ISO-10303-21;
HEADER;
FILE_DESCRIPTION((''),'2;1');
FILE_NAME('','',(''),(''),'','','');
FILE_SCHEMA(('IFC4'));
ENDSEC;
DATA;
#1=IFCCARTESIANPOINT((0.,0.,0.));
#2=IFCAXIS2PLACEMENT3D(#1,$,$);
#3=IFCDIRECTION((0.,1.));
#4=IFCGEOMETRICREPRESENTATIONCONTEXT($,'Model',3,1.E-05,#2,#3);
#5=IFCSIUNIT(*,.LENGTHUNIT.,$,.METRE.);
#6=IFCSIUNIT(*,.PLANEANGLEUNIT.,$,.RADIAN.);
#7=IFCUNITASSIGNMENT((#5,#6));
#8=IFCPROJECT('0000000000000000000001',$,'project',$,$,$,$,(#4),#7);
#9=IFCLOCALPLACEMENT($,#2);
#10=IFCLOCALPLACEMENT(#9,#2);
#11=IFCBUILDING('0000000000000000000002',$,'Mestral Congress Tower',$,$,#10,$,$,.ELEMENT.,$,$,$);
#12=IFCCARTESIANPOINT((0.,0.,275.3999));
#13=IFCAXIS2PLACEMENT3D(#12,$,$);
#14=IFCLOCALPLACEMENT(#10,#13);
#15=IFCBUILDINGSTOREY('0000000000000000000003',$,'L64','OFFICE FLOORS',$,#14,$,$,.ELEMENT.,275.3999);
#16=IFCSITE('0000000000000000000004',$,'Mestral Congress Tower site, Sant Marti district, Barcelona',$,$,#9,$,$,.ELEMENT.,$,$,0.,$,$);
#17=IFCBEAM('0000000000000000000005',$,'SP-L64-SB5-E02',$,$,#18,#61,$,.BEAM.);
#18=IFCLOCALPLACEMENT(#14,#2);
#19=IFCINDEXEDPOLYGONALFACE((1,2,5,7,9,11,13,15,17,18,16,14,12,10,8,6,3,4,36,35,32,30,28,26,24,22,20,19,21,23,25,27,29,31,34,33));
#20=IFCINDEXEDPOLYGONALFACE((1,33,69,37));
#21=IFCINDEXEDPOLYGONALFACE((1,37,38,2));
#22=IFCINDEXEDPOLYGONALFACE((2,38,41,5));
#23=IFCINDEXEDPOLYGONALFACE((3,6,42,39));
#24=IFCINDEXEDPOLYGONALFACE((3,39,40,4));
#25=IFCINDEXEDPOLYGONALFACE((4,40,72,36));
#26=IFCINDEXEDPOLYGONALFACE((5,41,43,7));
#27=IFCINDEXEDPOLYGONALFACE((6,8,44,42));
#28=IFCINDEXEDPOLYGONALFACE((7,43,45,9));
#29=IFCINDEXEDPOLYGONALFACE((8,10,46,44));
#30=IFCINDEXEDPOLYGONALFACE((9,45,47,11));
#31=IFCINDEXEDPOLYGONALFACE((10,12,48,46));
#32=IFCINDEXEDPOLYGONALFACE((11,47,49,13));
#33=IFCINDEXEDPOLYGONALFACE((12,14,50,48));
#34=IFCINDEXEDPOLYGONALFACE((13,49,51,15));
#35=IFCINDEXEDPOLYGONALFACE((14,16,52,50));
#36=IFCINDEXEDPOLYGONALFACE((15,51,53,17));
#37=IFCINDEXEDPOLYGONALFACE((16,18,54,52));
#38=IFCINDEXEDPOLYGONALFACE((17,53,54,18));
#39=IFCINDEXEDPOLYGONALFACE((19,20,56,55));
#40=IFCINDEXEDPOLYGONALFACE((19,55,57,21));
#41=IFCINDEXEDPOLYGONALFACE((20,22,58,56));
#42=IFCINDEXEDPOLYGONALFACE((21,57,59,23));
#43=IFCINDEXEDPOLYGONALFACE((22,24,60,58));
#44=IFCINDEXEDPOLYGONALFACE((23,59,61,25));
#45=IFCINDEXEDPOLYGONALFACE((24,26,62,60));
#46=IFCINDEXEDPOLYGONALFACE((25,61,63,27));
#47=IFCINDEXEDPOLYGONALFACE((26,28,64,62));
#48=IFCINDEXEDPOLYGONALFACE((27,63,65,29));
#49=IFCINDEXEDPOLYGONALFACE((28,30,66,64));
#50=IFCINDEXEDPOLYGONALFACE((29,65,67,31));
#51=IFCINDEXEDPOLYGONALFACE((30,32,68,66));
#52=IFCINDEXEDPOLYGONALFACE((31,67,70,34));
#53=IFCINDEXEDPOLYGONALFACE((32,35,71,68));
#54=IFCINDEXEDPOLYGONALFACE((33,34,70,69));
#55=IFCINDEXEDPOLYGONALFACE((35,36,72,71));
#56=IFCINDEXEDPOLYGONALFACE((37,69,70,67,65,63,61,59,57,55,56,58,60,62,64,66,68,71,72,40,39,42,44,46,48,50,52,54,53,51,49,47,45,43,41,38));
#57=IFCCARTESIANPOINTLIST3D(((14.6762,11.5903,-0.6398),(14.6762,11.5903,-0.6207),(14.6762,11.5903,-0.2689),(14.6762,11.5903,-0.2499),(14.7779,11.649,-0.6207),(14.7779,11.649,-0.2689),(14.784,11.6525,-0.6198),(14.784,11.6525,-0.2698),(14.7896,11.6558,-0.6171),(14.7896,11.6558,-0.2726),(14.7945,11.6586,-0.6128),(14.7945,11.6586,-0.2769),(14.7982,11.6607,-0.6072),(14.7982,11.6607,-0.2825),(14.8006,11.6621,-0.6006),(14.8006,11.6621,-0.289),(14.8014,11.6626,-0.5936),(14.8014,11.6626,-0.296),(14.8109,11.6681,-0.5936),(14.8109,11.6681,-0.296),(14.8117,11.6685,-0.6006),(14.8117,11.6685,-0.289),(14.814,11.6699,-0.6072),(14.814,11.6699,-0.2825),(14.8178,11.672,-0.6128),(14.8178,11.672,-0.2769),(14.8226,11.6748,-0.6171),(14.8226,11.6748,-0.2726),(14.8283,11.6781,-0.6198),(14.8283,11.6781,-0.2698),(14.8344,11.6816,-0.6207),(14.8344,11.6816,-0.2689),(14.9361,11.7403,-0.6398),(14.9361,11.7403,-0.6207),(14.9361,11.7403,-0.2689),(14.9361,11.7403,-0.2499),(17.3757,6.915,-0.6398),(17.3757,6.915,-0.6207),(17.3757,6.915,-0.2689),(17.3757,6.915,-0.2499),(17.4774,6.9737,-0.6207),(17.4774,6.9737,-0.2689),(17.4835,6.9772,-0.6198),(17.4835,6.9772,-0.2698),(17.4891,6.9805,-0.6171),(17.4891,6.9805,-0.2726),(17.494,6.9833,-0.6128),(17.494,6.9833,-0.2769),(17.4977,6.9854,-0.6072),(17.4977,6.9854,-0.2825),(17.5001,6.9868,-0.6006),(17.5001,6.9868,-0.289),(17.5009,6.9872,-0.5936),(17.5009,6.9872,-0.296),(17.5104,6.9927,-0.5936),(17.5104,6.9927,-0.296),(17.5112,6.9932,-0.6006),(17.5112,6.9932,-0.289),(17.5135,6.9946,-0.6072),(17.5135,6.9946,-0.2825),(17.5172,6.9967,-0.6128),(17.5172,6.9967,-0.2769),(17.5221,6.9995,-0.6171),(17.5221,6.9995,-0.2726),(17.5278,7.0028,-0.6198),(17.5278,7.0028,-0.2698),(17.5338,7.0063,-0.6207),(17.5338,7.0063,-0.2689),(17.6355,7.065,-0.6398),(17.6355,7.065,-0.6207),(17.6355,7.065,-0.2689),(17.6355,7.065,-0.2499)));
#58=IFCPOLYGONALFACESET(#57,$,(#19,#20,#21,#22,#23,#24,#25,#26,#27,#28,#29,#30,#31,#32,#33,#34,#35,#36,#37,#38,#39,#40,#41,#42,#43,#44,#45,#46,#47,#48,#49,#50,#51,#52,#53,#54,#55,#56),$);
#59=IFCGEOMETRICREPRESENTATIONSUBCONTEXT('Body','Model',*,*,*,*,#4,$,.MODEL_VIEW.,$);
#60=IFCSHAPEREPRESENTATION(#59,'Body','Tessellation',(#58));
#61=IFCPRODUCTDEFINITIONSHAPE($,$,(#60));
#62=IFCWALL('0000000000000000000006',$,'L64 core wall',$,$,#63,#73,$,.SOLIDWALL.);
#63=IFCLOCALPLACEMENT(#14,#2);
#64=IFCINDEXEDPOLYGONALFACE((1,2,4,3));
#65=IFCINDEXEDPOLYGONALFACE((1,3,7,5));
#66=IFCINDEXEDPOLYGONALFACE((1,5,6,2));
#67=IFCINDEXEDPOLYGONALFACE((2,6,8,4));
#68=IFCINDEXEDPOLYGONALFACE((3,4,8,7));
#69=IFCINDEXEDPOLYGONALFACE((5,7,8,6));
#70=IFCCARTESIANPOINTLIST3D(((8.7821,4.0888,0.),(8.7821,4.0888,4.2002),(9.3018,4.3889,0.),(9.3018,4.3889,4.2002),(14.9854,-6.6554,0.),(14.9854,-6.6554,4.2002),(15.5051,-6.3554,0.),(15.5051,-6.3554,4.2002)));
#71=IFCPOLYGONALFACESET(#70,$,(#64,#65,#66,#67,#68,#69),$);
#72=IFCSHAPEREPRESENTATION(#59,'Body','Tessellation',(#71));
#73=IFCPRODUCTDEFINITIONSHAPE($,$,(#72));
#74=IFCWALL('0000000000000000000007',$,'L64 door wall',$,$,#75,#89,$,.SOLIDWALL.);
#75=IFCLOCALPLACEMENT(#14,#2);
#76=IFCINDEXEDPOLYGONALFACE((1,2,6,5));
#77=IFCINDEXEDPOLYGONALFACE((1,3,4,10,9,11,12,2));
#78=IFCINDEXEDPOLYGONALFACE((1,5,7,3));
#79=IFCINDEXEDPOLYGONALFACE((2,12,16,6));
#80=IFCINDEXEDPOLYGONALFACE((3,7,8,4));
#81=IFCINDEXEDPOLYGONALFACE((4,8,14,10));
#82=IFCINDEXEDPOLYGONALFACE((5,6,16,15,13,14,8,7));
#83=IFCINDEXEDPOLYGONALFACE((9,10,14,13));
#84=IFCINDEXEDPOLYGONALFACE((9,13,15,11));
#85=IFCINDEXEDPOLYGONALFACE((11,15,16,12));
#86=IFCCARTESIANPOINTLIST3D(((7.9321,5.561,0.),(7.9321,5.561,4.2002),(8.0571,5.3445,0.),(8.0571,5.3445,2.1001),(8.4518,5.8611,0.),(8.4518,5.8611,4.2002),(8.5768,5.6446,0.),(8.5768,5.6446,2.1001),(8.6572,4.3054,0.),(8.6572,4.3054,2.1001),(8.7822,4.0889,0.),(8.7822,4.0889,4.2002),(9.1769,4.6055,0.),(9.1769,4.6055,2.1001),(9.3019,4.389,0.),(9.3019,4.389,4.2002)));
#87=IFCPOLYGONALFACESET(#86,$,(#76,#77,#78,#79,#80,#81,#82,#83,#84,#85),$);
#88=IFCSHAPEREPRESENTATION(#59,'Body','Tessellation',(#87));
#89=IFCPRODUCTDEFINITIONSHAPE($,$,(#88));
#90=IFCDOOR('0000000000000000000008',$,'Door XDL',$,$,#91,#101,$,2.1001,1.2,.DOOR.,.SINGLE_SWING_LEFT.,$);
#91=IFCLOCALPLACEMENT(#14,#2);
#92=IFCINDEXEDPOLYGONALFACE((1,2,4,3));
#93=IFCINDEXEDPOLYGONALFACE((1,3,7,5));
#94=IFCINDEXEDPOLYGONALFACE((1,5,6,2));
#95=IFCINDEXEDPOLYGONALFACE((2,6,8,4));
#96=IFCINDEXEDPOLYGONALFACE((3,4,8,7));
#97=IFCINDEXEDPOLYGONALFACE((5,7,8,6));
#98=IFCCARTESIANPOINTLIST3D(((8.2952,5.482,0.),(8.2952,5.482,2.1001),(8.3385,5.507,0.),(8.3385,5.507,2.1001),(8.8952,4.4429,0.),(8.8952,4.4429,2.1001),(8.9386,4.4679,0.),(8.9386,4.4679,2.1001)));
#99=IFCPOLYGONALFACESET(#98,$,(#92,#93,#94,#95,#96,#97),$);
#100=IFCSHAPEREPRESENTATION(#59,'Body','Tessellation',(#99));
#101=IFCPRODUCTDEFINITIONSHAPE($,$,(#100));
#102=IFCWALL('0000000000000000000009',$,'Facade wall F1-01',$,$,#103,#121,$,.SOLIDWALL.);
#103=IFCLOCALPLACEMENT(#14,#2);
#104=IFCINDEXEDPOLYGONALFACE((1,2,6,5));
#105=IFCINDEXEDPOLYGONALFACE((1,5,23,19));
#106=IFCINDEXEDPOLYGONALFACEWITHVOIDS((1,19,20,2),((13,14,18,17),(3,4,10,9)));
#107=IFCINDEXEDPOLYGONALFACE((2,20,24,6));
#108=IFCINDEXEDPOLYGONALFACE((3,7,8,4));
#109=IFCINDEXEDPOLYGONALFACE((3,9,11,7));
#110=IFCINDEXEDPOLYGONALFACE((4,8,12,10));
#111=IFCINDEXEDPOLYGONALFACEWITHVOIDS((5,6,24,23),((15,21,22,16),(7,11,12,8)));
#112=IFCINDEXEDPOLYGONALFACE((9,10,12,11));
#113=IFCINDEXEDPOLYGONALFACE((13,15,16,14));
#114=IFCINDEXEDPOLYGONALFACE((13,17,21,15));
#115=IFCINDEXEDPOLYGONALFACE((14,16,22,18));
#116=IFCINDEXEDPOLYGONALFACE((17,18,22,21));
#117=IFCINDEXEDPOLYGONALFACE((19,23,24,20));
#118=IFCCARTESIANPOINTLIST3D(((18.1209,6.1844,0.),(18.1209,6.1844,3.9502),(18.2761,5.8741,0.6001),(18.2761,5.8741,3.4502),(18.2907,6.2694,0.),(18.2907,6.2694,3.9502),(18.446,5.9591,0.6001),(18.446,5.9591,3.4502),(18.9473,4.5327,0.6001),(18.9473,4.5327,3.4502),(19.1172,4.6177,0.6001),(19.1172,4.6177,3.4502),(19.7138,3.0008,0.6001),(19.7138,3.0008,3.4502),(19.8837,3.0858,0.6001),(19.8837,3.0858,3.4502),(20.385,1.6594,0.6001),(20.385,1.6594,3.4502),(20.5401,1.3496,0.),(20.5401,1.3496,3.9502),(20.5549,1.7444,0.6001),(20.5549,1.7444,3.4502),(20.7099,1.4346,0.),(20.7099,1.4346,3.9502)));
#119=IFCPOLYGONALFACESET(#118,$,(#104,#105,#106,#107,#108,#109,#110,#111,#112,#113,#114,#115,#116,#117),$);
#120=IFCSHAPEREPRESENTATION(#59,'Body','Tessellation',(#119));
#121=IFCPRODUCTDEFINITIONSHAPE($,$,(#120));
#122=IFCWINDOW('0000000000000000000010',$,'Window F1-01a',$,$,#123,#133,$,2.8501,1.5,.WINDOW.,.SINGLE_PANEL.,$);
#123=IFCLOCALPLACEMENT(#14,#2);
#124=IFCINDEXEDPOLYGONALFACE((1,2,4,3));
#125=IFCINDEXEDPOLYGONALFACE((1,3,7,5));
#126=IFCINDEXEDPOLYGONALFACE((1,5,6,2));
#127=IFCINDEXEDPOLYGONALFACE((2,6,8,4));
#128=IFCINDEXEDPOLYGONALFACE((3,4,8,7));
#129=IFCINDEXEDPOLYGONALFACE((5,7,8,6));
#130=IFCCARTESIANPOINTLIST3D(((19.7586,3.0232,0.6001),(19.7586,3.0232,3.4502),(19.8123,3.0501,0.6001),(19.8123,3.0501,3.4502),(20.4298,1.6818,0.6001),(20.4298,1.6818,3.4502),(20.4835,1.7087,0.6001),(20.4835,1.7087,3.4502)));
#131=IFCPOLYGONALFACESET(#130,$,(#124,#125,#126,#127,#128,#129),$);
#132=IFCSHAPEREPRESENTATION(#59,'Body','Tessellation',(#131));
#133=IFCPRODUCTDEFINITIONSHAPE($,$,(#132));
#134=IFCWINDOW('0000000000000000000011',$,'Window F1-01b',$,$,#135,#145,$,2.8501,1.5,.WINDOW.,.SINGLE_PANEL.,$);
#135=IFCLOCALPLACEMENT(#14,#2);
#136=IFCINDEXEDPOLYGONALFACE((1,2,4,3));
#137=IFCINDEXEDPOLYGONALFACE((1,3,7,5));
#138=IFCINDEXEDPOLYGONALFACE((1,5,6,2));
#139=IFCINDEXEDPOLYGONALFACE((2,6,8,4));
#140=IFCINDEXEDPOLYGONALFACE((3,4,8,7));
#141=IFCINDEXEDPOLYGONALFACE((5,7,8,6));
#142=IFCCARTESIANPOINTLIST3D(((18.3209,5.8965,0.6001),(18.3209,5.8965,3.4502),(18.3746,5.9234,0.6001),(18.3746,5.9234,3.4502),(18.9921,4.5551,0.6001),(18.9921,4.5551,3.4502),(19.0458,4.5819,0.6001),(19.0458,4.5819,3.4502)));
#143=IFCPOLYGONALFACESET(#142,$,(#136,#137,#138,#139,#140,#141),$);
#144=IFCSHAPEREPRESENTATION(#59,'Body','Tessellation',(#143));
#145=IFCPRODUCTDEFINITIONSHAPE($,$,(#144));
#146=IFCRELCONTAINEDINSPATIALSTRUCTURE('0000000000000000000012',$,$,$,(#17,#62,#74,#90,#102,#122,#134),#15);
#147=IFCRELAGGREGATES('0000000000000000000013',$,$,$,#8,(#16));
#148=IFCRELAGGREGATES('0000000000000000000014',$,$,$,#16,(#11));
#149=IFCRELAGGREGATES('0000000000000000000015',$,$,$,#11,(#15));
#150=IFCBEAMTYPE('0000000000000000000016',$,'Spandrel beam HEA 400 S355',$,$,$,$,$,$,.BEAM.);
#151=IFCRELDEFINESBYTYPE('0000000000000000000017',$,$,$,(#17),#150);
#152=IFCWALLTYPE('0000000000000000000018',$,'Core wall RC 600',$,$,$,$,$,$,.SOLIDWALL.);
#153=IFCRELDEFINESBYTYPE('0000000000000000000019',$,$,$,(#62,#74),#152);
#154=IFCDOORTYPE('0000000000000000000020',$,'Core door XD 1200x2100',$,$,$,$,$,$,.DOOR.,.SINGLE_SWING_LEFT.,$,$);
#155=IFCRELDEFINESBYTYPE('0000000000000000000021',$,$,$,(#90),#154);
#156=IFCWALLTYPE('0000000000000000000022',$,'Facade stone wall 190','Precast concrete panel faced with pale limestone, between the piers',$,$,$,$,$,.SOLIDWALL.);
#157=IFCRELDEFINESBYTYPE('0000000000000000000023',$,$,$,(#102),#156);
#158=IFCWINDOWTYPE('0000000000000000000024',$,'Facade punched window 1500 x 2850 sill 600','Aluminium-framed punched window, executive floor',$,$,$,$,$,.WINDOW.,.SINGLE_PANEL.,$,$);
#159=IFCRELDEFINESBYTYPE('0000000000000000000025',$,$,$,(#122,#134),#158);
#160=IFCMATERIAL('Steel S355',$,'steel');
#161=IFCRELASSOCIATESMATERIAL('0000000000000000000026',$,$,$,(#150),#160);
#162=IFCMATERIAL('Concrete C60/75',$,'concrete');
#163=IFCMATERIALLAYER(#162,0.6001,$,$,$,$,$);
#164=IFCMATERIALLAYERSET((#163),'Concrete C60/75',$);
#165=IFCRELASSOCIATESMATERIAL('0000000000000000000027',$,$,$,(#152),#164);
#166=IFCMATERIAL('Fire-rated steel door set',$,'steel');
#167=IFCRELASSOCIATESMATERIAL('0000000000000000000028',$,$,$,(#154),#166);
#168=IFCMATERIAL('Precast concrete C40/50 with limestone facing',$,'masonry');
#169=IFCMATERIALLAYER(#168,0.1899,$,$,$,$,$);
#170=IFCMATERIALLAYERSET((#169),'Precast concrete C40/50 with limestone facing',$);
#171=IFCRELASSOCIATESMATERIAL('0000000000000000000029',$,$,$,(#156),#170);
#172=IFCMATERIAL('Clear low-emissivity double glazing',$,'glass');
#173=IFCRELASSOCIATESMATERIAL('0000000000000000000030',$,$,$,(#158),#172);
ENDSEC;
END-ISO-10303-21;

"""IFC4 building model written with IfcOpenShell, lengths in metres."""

from ifc_helpers import new_model, si_unit, direction, frame, frame_2d, origin, origin_2d, place, context, subcontext, project, spatial, rectangle, i_section, extrude, material, layer, layer_set, material_profile, profile_set, type_object, element, fill, save


model = new_model("IFC4")

# Units and contexts
model_context = context("Model", 3, precision=1e-05, world=origin(), true_north=direction((0.0, 1.0)))
body_context = subcontext(model_context, "Body", "Model", "MODEL_VIEW")
ifc_project = project(units=[si_unit("LENGTHUNIT", "METRE"), si_unit("PLANEANGLEUNIT", "RADIAN")], contexts=[model_context])

# Site, building, storey
site_placement = place(None, origin())
site = spatial("IfcSite", under=ifc_project, at=site_placement, Name="Mestral Congress Tower site, Sant Marti district, Barcelona", CompositionType="ELEMENT", RefElevation=0.0)
building_placement = place(site_placement, origin())
building = spatial("IfcBuilding", under=site, at=building_placement, Name="Mestral Congress Tower", CompositionType="ELEMENT")
storey_placement = place(building_placement, frame((0.0, 0.0, 275.3999)))
storey = spatial("IfcBuildingStorey", under=building, at=storey_placement, Name="L64", Description="OFFICE FLOORS", CompositionType="ELEMENT", Elevation=275.3999)

# Shared definitions
ifc_material_1 = material(Name="Concrete C60/75", Category="concrete")

# Beam
ifc_material_2 = material(Name="Steel S355", Category="steel")
ifc_material_profile_1 = material_profile(ifc_material_2, i_section(OverallWidth=0.3, OverallDepth=0.3899, WebThickness=0.011, FlangeThickness=0.019, FilletRadius=0.0271, at=origin_2d()), Name="HEA 400")
ifc_profile_set_1 = profile_set([ifc_material_profile_1], Name="Steel S355")
beam_type_1 = type_object("IfcBeamType", Name="Spandrel beam HEA 400 S355", PredefinedType="BEAM", material=ifc_profile_set_1)
beam_1_placement = place(storey_placement, frame((17.5056, 6.99, -0.4448), z_axis=(-0.500025, 0.866011, 0.0), x_axis=(-0.866011, -0.500025, 0.0)))
element("IfcBeam", 1, at=beam_1_placement, inside=storey, type_object=beam_type_1, Name="SP-L64-SB5-E02", PredefinedType="BEAM", context=body_context, shape_type="SweptSolid", body=[
    extrude(i_section(OverallWidth=0.3, OverallDepth=0.3899, WebThickness=0.011, FlangeThickness=0.019, FilletRadius=0.0271, at=origin_2d()), origin(), (0.0, 0.0, 1.0), 5.3987),
])

# Wall
ifc_layer_1 = layer(ifc_material_1, 0.6001)
ifc_layer_set_1 = layer_set([ifc_layer_1], Name="Concrete C60/75")
wall_type_1 = type_object("IfcWallType", Name="Core wall RC 600", PredefinedType="SOLIDWALL", material=ifc_layer_set_1)
wall_1_placement = place(storey_placement, frame((9.042, 4.2388, 0.0), z_axis=(0.0, 0.0, 1.0), x_axis=(0.500006, -0.866022, 0.0)))
element("IfcWall", 2, at=wall_1_placement, inside=storey, type_object=wall_type_1, Name="L64 core wall", PredefinedType="SOLIDWALL", context=body_context, shape_type="SweptSolid", body=[
    extrude(rectangle(XDim=12.4065, YDim=0.6001, at=frame_2d((6.2031, 0.0))), origin(), (0.0, 0.0, 1.0), 4.2002),
])

# Wall, opening, door
wall_2_placement = place(storey_placement, frame((8.1919, 5.7112, 0.0), z_axis=(0.0, 0.0, 1.0), x_axis=(0.500062, -0.865989, 0.0)))
wall_2 = element("IfcWall", 3, at=wall_2_placement, inside=storey, type_object=wall_type_1, Name="L64 door wall", PredefinedType="SOLIDWALL", context=body_context, shape_type="SweptSolid", body=[
    extrude(rectangle(XDim=1.7, YDim=0.6001, at=frame_2d((0.8501, 0.0))), origin(), (0.0, 0.0, 1.0), 4.2002),
])
opening_1_placement = place(wall_2_placement, frame((0.25, 0.0, 0.0)))
opening_1 = element("IfcOpeningElement", 4, at=opening_1_placement, cuts=wall_2, PredefinedType="OPENING", context=body_context, shape_type="SweptSolid", body=[
    extrude(rectangle(XDim=1.2, YDim=2.1001, at=frame_2d((0.6001, 1.05))), frame((0.0, 0.3101, 0.0), z_axis=(0.0, -1.0, 0.0), x_axis=(1.0, 0.0, 0.0)), (0.0, 0.0, 1.0), 0.6201),
])
ifc_material_3 = material(Name="Fire-rated steel door set", Category="steel")
door_type_1 = type_object("IfcDoorType", Name="Core door XD 1200x2100", OperationType="SINGLE_SWING_LEFT", PredefinedType="DOOR", material=ifc_material_3)
door_1_placement = place(opening_1_placement, origin())
door_1 = element("IfcDoor", 5, at=door_1_placement, inside=storey, type_object=door_type_1, Name="Door XDL", OperationType="SINGLE_SWING_LEFT", OverallHeight=2.1001, OverallWidth=1.2, PredefinedType="DOOR", context=body_context, shape_type="SweptSolid", body=[
    extrude(rectangle(XDim=1.2, YDim=2.1001, at=frame_2d((0.6001, 1.05))), frame((0.0, 0.0249, 0.0), z_axis=(0.0, -1.0, 0.0), x_axis=(1.0, 0.0, 0.0)), (0.0, 0.0, 1.0), 0.05),
])
fill(opening_1, door_1)

# Wall, openings, windows
ifc_material_4 = material(Name="Precast concrete C40/50 with limestone facing", Category="masonry")
ifc_layer_2 = layer(ifc_material_4, 0.1899)
ifc_layer_set_2 = layer_set([ifc_layer_2], Name="Precast concrete C40/50 with limestone facing")
wall_type_2 = type_object("IfcWallType", Name="Facade stone wall 190", Description="Precast concrete panel faced with pale limestone, between the piers", PredefinedType="SOLIDWALL", material=ifc_layer_set_2)
wall_3_placement = place(storey_placement, frame((20.625, 1.3921, 0.0), z_axis=(0.0, 0.0, 1.0), x_axis=(-0.447485, 0.894292, 0.0)))
wall_3 = element("IfcWall", 6, at=wall_3_placement, inside=storey, type_object=wall_type_2, Name="Facade wall F1-01", PredefinedType="SOLIDWALL", context=body_context, shape_type="SweptSolid", body=[
    extrude(rectangle(XDim=5.4062, YDim=0.1899, at=frame_2d((2.7031, 0.0))), origin(), (0.0, 0.0, 1.0), 3.9502),
])
opening_2_placement = place(wall_3_placement, frame((0.3464, 0.0, 0.6001)))
opening_2 = element("IfcOpeningElement", 7, at=opening_2_placement, cuts=wall_3, PredefinedType="OPENING", context=body_context, shape_type="SweptSolid", body=[
    extrude(rectangle(XDim=1.5, YDim=2.8501, at=frame_2d((0.75, 1.425))), frame((0.0, 0.105, 0.0), z_axis=(0.0, -1.0, 0.0), x_axis=(1.0, 0.0, 0.0)), (0.0, 0.0, 1.0), 0.21),
])
opening_3_placement = place(wall_3_placement, frame((3.5593, 0.0, 0.6001)))
opening_3 = element("IfcOpeningElement", 8, at=opening_3_placement, cuts=wall_3, PredefinedType="OPENING", context=body_context, shape_type="SweptSolid", body=[
    extrude(rectangle(XDim=1.5, YDim=2.8501, at=frame_2d((0.75, 1.425))), frame((0.0, 0.105, 0.0), z_axis=(0.0, -1.0, 0.0), x_axis=(1.0, 0.0, 0.0)), (0.0, 0.0, 1.0), 0.21),
])
ifc_material_5 = material(Name="Clear low-emissivity double glazing", Category="glass")
window_type = type_object("IfcWindowType", Name="Facade punched window 1500 x 2850 sill 600", Description="Aluminium-framed punched window, executive floor", PartitioningType="SINGLE_PANEL", PredefinedType="WINDOW", material=ifc_material_5)
window_1_placement = place(opening_2_placement, origin())
window_1 = element("IfcWindow", 9, at=window_1_placement, inside=storey, type_object=window_type, Name="Window F1-01a", OverallHeight=2.8501, OverallWidth=1.5, PartitioningType="SINGLE_PANEL", PredefinedType="WINDOW", context=body_context, shape_type="SweptSolid", body=[
    extrude(rectangle(XDim=1.5, YDim=2.8501, at=frame_2d((0.75, 1.425))), frame((0.0, 0.0449, 0.0), z_axis=(0.0, -1.0, 0.0), x_axis=(1.0, 0.0, 0.0)), (0.0, 0.0, 1.0), 0.0601),
])
fill(opening_2, window_1)
window_2_placement = place(opening_3_placement, origin())
window_2 = element("IfcWindow", 10, at=window_2_placement, inside=storey, type_object=window_type, Name="Window F1-01b", OverallHeight=2.8501, OverallWidth=1.5, PartitioningType="SINGLE_PANEL", PredefinedType="WINDOW", context=body_context, shape_type="SweptSolid", body=[
    extrude(rectangle(XDim=1.5, YDim=2.8501, at=frame_2d((0.75, 1.425))), frame((0.0, 0.0449, 0.0), z_axis=(0.0, -1.0, 0.0), x_axis=(1.0, 0.0, 0.0)), (0.0, 0.0, 1.0), 0.0601),
])
fill(opening_3, window_2)

save(model, "model.ifc")
